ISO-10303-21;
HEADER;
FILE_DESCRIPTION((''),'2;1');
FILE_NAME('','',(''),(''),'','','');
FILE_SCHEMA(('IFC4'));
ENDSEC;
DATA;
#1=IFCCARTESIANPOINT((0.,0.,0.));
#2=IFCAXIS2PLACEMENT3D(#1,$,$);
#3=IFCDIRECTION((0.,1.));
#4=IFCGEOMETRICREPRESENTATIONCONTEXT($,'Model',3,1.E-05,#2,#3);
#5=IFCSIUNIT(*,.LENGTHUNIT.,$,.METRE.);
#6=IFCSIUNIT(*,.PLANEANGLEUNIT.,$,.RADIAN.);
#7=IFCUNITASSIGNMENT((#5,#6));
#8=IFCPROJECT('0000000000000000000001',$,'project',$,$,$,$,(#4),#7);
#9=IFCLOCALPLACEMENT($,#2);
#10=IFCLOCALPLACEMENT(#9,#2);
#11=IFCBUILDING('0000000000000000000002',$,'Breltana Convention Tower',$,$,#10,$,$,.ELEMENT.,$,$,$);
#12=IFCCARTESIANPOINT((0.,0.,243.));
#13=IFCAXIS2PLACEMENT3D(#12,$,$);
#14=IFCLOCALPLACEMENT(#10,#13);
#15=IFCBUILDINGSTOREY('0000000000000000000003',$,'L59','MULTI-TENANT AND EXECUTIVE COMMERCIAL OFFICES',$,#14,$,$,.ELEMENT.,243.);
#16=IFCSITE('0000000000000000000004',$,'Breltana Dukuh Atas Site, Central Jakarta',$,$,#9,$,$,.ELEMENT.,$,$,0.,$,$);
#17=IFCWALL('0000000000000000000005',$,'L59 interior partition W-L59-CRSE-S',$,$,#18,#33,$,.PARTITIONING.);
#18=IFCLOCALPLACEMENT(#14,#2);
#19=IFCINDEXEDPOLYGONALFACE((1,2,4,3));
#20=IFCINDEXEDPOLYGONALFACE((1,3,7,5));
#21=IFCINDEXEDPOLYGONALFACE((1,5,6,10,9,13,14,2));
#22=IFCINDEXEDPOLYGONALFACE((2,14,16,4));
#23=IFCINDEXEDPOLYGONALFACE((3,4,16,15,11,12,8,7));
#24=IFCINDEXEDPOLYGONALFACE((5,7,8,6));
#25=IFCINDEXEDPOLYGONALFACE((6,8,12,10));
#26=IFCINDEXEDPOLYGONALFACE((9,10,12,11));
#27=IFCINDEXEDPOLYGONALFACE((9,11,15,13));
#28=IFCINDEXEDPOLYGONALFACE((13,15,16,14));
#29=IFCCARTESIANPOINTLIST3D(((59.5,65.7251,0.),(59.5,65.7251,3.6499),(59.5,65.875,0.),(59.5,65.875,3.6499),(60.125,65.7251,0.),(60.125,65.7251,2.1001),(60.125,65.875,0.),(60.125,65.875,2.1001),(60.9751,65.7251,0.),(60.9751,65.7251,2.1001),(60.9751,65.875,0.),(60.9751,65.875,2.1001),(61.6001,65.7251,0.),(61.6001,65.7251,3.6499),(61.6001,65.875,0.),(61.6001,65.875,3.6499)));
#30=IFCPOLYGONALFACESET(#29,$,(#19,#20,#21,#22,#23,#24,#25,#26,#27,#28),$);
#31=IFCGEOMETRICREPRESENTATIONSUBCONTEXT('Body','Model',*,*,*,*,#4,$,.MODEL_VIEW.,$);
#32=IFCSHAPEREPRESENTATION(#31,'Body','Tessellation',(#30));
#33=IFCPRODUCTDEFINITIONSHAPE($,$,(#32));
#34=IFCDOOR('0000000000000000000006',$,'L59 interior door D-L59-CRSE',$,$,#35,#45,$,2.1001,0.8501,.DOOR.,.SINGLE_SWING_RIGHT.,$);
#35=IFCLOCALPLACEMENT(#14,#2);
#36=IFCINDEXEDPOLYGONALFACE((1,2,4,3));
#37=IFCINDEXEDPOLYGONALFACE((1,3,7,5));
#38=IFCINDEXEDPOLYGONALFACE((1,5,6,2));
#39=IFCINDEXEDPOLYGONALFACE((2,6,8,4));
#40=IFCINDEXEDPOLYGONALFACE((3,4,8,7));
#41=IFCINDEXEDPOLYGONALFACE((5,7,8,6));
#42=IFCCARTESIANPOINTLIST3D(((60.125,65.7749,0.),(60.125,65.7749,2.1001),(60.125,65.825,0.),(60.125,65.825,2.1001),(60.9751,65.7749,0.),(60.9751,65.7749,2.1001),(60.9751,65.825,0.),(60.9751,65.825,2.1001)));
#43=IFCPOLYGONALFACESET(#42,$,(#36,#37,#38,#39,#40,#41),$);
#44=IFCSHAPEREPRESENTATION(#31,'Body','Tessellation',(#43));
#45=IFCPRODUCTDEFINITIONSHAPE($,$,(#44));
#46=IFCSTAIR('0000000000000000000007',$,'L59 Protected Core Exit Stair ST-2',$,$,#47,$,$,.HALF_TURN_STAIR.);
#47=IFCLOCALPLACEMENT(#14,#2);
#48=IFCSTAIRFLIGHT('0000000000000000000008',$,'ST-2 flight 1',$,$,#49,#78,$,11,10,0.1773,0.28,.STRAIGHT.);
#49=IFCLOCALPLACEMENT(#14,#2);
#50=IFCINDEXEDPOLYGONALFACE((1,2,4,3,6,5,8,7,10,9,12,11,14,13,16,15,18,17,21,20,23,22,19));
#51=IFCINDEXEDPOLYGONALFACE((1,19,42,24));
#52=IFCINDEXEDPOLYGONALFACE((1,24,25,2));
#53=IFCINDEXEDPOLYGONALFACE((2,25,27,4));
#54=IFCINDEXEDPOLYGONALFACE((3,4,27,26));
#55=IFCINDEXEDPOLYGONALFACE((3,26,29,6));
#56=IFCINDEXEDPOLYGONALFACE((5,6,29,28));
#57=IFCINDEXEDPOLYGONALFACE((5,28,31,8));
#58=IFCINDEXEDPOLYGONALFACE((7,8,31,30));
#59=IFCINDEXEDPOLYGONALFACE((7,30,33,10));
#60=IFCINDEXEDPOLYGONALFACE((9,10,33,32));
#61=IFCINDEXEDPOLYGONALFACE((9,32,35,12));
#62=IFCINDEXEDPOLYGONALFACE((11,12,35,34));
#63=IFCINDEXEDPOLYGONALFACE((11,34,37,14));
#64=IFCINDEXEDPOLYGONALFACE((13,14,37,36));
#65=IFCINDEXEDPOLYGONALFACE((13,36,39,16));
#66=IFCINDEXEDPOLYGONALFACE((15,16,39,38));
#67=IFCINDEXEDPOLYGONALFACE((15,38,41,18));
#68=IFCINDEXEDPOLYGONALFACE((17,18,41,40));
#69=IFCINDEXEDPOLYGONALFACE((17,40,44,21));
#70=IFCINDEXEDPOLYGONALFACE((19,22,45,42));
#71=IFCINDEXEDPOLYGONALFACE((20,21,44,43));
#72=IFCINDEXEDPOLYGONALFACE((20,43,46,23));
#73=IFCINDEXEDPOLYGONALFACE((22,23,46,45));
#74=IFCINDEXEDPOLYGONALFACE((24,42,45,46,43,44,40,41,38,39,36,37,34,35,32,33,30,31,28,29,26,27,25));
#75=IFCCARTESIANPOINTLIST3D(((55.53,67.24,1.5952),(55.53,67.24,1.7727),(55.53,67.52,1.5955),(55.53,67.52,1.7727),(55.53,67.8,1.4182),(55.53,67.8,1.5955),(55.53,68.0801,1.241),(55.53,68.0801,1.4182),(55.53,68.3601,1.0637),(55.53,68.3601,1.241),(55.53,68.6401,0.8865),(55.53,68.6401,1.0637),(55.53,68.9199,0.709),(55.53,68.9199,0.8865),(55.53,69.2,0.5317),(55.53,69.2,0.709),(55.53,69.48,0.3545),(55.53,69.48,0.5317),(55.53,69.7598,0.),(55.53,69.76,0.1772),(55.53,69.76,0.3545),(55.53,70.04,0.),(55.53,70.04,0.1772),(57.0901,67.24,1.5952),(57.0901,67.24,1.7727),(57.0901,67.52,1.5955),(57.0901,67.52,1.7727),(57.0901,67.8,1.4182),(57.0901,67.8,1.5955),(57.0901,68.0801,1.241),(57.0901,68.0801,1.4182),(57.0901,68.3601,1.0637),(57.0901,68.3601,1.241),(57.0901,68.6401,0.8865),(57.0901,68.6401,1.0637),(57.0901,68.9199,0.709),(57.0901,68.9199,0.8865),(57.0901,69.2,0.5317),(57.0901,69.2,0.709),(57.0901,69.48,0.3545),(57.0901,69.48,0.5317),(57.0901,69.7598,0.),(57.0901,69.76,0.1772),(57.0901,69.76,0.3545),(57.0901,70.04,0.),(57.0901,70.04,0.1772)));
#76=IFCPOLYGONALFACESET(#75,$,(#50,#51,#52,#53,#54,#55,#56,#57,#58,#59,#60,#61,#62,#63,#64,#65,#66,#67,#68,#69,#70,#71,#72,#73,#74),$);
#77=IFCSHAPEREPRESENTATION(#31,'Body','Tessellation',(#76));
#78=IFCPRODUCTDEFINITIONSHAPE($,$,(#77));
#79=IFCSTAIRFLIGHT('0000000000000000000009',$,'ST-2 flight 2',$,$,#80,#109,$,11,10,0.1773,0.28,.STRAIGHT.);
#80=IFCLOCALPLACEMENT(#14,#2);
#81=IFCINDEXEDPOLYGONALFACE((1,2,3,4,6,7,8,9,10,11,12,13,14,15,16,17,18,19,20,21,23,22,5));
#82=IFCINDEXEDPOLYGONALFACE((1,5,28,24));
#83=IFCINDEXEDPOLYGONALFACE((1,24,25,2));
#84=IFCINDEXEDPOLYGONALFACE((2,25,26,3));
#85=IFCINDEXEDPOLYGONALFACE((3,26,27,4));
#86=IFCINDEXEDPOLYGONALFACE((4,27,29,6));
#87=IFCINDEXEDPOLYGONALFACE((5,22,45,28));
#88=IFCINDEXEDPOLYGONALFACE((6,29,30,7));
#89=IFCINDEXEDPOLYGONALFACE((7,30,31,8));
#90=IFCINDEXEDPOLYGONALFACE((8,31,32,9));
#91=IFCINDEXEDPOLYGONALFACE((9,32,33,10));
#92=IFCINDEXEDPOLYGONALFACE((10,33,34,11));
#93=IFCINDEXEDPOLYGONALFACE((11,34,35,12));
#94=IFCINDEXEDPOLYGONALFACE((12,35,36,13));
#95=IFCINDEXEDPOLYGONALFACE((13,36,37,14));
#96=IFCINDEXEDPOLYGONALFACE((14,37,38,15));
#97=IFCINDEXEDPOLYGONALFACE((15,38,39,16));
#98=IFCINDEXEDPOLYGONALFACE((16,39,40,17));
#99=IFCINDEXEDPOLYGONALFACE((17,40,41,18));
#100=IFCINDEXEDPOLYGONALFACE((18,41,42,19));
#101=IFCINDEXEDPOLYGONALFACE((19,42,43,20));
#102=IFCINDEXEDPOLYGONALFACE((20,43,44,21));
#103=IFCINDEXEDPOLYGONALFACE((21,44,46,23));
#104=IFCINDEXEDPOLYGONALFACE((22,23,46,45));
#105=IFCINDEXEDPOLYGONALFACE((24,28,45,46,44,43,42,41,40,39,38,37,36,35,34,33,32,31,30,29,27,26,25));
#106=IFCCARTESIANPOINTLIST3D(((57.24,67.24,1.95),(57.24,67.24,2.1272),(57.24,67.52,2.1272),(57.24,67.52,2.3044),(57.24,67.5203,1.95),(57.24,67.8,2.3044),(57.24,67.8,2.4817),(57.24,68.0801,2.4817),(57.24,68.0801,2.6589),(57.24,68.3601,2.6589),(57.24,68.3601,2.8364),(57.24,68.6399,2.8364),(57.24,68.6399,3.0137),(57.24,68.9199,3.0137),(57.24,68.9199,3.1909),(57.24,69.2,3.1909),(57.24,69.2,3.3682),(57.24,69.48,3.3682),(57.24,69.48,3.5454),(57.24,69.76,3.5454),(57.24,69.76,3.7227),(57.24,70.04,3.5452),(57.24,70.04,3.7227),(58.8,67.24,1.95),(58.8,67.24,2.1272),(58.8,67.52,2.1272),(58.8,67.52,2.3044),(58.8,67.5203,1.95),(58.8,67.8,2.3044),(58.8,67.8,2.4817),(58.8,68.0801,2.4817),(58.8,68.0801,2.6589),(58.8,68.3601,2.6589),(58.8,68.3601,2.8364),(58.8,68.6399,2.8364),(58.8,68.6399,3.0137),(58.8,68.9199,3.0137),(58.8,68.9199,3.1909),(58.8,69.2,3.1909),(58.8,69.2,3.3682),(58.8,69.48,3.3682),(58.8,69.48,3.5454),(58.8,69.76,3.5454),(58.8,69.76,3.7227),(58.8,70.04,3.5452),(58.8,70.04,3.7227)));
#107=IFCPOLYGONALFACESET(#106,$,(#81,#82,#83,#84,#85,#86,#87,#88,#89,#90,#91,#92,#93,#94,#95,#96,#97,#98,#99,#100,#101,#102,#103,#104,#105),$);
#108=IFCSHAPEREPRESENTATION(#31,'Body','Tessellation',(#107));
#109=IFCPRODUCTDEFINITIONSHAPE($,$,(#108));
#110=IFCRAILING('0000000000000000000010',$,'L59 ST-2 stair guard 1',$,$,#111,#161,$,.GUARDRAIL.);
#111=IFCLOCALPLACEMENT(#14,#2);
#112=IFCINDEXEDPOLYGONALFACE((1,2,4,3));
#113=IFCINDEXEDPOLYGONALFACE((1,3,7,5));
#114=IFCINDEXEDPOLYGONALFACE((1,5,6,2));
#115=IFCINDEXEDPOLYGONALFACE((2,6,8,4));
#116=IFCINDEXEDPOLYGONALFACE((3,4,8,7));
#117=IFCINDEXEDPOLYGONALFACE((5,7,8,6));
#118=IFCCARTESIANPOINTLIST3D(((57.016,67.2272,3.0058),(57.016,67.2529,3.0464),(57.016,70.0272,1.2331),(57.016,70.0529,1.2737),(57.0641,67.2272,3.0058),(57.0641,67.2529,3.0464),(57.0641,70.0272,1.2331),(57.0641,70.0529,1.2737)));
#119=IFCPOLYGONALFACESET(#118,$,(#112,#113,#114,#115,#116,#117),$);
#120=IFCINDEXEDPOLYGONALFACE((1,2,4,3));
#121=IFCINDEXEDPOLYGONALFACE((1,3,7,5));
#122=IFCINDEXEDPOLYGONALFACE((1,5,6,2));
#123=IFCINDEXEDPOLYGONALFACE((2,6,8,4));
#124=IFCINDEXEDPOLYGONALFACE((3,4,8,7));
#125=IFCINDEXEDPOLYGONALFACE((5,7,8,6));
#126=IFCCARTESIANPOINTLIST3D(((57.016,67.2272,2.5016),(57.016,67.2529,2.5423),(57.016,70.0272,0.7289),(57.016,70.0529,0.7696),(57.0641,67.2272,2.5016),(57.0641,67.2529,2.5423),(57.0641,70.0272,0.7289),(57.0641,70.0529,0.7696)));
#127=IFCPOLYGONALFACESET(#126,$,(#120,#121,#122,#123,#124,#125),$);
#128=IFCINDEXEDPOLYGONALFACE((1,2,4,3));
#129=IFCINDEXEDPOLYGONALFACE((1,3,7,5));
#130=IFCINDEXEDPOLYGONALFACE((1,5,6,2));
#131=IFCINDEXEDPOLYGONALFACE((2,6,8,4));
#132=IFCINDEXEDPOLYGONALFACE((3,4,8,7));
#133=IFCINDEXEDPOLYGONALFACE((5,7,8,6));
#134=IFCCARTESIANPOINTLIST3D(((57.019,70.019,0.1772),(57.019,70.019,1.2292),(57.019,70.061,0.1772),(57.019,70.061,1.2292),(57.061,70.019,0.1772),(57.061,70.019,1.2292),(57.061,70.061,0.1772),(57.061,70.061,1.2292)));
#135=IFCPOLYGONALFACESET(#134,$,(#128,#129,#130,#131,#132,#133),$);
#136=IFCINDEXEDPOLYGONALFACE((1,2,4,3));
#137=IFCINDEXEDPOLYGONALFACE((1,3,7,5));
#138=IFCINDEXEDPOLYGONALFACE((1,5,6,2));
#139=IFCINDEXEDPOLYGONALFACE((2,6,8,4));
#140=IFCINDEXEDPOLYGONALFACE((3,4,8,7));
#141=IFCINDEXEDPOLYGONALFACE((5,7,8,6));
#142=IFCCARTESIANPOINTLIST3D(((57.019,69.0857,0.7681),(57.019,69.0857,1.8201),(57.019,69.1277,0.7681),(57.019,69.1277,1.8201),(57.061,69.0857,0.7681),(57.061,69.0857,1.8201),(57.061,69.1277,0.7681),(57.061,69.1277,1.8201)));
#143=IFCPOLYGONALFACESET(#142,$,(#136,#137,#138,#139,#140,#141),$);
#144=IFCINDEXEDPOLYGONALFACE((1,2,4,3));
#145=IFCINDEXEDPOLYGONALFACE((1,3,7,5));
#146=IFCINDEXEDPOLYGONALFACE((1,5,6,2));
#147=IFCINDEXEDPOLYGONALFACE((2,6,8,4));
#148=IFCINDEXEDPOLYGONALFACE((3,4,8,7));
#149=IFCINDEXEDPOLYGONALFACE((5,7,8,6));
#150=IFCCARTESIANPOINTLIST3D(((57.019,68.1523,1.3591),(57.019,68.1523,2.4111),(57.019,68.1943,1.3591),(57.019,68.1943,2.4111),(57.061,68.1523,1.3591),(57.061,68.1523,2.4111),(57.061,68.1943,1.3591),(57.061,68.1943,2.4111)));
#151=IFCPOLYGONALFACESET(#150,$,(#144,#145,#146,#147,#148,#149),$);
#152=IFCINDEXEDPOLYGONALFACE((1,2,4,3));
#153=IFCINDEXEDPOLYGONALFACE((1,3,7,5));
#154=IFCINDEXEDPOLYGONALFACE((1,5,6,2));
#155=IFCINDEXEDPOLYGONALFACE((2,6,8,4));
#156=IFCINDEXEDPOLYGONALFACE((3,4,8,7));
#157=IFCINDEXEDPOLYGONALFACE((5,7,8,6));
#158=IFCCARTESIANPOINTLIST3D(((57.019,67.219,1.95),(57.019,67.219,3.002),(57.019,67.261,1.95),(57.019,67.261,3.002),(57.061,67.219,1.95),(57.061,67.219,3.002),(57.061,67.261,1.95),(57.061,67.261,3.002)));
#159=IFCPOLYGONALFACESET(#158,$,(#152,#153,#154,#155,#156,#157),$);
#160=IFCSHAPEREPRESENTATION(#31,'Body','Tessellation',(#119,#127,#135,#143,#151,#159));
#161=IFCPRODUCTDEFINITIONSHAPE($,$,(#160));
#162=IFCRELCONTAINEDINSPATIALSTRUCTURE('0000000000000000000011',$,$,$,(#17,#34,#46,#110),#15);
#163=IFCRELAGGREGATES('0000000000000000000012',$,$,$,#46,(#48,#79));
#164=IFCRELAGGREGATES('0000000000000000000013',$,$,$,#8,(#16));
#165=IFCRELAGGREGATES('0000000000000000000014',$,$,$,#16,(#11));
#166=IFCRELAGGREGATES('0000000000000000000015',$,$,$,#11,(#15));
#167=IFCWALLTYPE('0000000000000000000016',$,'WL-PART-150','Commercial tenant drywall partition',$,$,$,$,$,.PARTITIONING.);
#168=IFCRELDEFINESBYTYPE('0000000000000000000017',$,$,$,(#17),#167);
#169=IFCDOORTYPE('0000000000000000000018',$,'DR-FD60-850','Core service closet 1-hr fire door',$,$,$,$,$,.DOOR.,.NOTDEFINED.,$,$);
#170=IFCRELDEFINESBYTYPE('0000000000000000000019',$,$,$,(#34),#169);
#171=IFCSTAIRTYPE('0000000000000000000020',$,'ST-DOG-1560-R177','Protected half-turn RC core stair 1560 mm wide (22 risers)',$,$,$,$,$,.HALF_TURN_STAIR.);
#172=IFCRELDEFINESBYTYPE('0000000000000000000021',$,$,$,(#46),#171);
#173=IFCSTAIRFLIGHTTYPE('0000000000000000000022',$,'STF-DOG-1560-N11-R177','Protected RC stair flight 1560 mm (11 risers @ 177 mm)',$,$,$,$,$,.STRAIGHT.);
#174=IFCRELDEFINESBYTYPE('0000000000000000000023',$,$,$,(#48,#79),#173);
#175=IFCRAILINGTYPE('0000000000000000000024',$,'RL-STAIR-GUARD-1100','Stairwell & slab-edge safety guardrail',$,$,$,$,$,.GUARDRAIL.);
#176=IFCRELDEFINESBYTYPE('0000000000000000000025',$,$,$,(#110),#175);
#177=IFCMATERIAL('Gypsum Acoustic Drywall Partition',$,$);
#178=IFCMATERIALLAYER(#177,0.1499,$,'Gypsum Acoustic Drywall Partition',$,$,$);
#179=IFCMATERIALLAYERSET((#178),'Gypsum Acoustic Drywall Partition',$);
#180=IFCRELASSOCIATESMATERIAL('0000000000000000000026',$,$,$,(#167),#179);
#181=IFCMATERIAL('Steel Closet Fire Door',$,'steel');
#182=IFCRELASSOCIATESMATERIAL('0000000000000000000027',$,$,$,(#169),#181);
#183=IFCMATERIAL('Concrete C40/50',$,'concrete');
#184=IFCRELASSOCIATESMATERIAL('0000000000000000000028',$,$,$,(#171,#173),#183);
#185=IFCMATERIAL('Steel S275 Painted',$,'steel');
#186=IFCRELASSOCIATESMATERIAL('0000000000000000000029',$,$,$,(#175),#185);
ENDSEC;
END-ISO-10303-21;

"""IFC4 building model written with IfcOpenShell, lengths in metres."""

from ifc_helpers import new_model, si_unit, direction, frame, frame_2d, origin, origin_2d, place, context, subcontext, project, spatial, polyline, rectangle, outline, extrude, source, transform, mapped, material, layer, layer_set, type_object, type_shapes, element, fill, aggregate, save


model = new_model("IFC4")

# Units and contexts
model_context = context("Model", 3, precision=1e-05, world=origin(), true_north=direction((0.0, 1.0)))
body_context = subcontext(model_context, "Body", "Model", "MODEL_VIEW")
ifc_project = project(units=[si_unit("LENGTHUNIT", "METRE"), si_unit("PLANEANGLEUNIT", "RADIAN")], contexts=[model_context])

# Site, building, storey
site_placement = place(None, origin())
site = spatial("IfcSite", under=ifc_project, at=site_placement, Name="Breltana Dukuh Atas Site, Central Jakarta", CompositionType="ELEMENT", RefElevation=0.0)
building_placement = place(site_placement, origin())
building = spatial("IfcBuilding", under=site, at=building_placement, Name="Breltana Convention Tower", CompositionType="ELEMENT")
storey_placement = place(building_placement, frame((0.0, 0.0, 243.0)))
storey = spatial("IfcBuildingStorey", under=building, at=storey_placement, Name="L59", Description="MULTI-TENANT AND EXECUTIVE COMMERCIAL OFFICES", CompositionType="ELEMENT", Elevation=243.0)

# Wall, opening, door
ifc_material_1 = material(Name="Gypsum Acoustic Drywall Partition")
ifc_layer_1 = layer(ifc_material_1, 0.1499, Name="Gypsum Acoustic Drywall Partition")
ifc_layer_set_1 = layer_set([ifc_layer_1], Name="Gypsum Acoustic Drywall Partition")
wall_type_1 = type_object("IfcWallType", Name="WL-PART-150", Description="Commercial tenant drywall partition", PredefinedType="PARTITIONING", material=ifc_layer_set_1)
shared_shape_1 = source(origin(), body_context, "Body", "SweptSolid", [
    extrude(rectangle(XDim=2.1001, YDim=0.1499, at=frame_2d((1.05, 0.0))), origin(), (0.0, 0.0, 1.0), 3.6499),
])
wall_1_placement = place(storey_placement, frame((59.5, 65.8, 0.0), z_axis=(0.0, 0.0, 1.0), x_axis=(1.0, 0.0, 0.0)))
wall_1 = element("IfcWall", 1, at=wall_1_placement, inside=storey, type_object=wall_type_1, Name="L59 interior partition W-L59-CRSE-S", PredefinedType="PARTITIONING", context=body_context, shape_type="MappedRepresentation", body=[
    mapped(shared_shape_1, transform((0.0, 0.0, 0.0), scale=1.0)),
])
opening_1_placement = place(wall_1_placement, frame((0.625, 0.0, 0.0)))
opening_1 = element("IfcOpeningElement", 2, at=opening_1_placement, cuts=wall_1, PredefinedType="OPENING", context=body_context, shape_type="SweptSolid", body=[
    extrude(rectangle(XDim=0.8501, YDim=2.1001, at=frame_2d((0.425, 1.05))), frame((0.0, 0.085, 0.0), z_axis=(0.0, -1.0, 0.0), x_axis=(1.0, 0.0, 0.0)), (0.0, 0.0, 1.0), 0.1699),
])
ifc_material_2 = material(Name="Steel Closet Fire Door", Category="steel")
door_type_1 = type_object("IfcDoorType", Name="DR-FD60-850", Description="Core service closet 1-hr fire door", OperationType="NOTDEFINED", PredefinedType="DOOR", material=ifc_material_2)
shared_shape_2 = source(origin(), body_context, "Body", "SweptSolid", [
    extrude(rectangle(XDim=0.8501, YDim=2.1001, at=frame_2d((0.425, 1.05))), frame((0.0, 0.0249, 0.0), z_axis=(0.0, -1.0, 0.0), x_axis=(1.0, 0.0, 0.0)), (0.0, 0.0, 1.0), 0.05),
])
type_shapes(door_type_1, [shared_shape_2])
door_1_placement = place(opening_1_placement, origin())
door_1 = element("IfcDoor", 3, at=door_1_placement, inside=storey, type_object=door_type_1, Name="L59 interior door D-L59-CRSE", OperationType="SINGLE_SWING_RIGHT", OverallHeight=2.1001, OverallWidth=0.8501, PredefinedType="DOOR", context=body_context, shape_type="MappedRepresentation", body=[
    mapped(shared_shape_2, transform((0.0, 0.0, 0.0), scale=1.0)),
])
fill(opening_1, door_1)

# Stair, stair flights
ifc_material_3 = material(Name="Concrete C40/50", Category="concrete")
stair_type = type_object("IfcStairType", Name="ST-DOG-1560-R177", Description="Protected half-turn RC core stair 1560 mm wide (22 risers)", PredefinedType="HALF_TURN_STAIR", material=ifc_material_3)
stair_placement = place(storey_placement, origin())
stair = element("IfcStair", 4, at=stair_placement, inside=storey, type_object=stair_type, Name="L59 Protected Core Exit Stair ST-2", PredefinedType="HALF_TURN_STAIR")
stair_flight_type = type_object("IfcStairFlightType", Name="STF-DOG-1560-N11-R177", Description="Protected RC stair flight 1560 mm (11 risers @ 177 mm)", PredefinedType="STRAIGHT", material=ifc_material_3)
stair_flight_1_placement = place(storey_placement, frame((56.3101, 70.04, 0.0), z_axis=(0.0, 0.0, 1.0), x_axis=(0.0, -1.0, 0.0)))
stair_flight_1 = element("IfcStairFlight", 5, at=stair_flight_1_placement, type_object=stair_flight_type, Name="ST-2 flight 1", NumberOfRisers=11, NumberOfTreads=10, PredefinedType="STRAIGHT", RiserHeight=0.1773, TreadLength=0.28, context=body_context, shape_type="SweptSolid", body=[
    extrude(outline(polyline([(0.0, 0.0), (0.0, 0.1772), (0.28, 0.1772), (0.28, 0.3545), (0.5601, 0.3545), (0.5601, 0.5317), (0.8401, 0.5317), (0.8401, 0.709), (1.1201, 0.709), (1.1201, 0.8865), (1.3999, 0.8865), (1.3999, 1.0637), (1.6799, 1.0637), (1.6799, 1.241), (1.96, 1.241), (1.96, 1.4182), (2.24, 1.4182), (2.24, 1.5955), (2.52, 1.5955), (2.52, 1.7727), (2.8, 1.7727), (2.8, 1.95), (2.8, 1.5952), (0.2803, 0.0), (0.0, 0.0)])), frame((0.0, 0.78, 0.0), z_axis=(0.0, -1.0, 0.0), x_axis=(1.0, 0.0, 0.0)), (0.0, 0.0, 1.0), 1.5601),
])
stair_flight_2_placement = place(storey_placement, frame((58.02, 67.24, 1.95), z_axis=(0.0, 0.0, 1.0), x_axis=(0.0, 1.0, 0.0)))
stair_flight_2 = element("IfcStairFlight", 6, at=stair_flight_2_placement, type_object=stair_flight_type, Name="ST-2 flight 2", NumberOfRisers=11, NumberOfTreads=10, PredefinedType="STRAIGHT", RiserHeight=0.1773, TreadLength=0.28, context=body_context, shape_type="SweptSolid", body=[
    extrude(outline(polyline([(0.0, 0.0), (0.0, 0.1772), (0.28, 0.1772), (0.28, 0.3545), (0.5601, 0.3545), (0.5601, 0.5317), (0.8401, 0.5317), (0.8401, 0.709), (1.1201, 0.709), (1.1201, 0.8865), (1.3999, 0.8865), (1.3999, 1.0637), (1.6799, 1.0637), (1.6799, 1.241), (1.96, 1.241), (1.96, 1.4182), (2.24, 1.4182), (2.24, 1.5955), (2.52, 1.5955), (2.52, 1.7727), (2.8, 1.7727), (2.8, 1.95), (2.8, 1.5952), (0.2803, 0.0), (0.0, 0.0)])), frame((0.0, 0.78, 0.0), z_axis=(0.0, -1.0, 0.0), x_axis=(1.0, 0.0, 0.0)), (0.0, 0.0, 1.0), 1.5601),
])
aggregate(stair, [stair_flight_1, stair_flight_2])

# Railing
ifc_material_4 = material(Name="Steel S275 Painted", Category="steel")
railing_type_1 = type_object("IfcRailingType", Name="RL-STAIR-GUARD-1100", Description="Stairwell & slab-edge safety guardrail", PredefinedType="GUARDRAIL", material=ifc_material_4)
railing_1_placement = place(storey_placement, frame((57.04, 70.04, 0.1772)))
element("IfcRailing", 7, at=railing_1_placement, inside=storey, type_object=railing_type_1, Name="L59 ST-2 stair guard 1", PredefinedType="GUARDRAIL", context=body_context, shape_type="SweptSolid", body=[
    extrude(rectangle(XDim=0.0481, YDim=0.0481, at=origin_2d()), frame((0.0, 0.0, 1.0762), z_axis=(0.0, -0.844909, 0.53491), x_axis=(1.0, 0.0, 0.0)), (0.0, 0.0, 1.0), 3.314),
    extrude(rectangle(XDim=0.0481, YDim=0.0481, at=origin_2d()), frame((0.0, 0.0, 0.572), z_axis=(0.0, -0.844909, 0.53491), x_axis=(1.0, 0.0, 0.0)), (0.0, 0.0, 1.0), 3.314),
    extrude(rectangle(XDim=0.042, YDim=0.042, at=origin_2d()), origin(), (0.0, 0.0, 1.0), 1.052),
    extrude(rectangle(XDim=0.042, YDim=0.042, at=origin_2d()), frame((0.0, -0.9333, 0.5908)), (0.0, 0.0, 1.0), 1.052),
    extrude(rectangle(XDim=0.042, YDim=0.042, at=origin_2d()), frame((0.0, -1.8667, 1.1819)), (0.0, 0.0, 1.0), 1.052),
    extrude(rectangle(XDim=0.042, YDim=0.042, at=origin_2d()), frame((0.0, -2.8, 1.7727)), (0.0, 0.0, 1.0), 1.052),
])

save(model, "model.ifc")
